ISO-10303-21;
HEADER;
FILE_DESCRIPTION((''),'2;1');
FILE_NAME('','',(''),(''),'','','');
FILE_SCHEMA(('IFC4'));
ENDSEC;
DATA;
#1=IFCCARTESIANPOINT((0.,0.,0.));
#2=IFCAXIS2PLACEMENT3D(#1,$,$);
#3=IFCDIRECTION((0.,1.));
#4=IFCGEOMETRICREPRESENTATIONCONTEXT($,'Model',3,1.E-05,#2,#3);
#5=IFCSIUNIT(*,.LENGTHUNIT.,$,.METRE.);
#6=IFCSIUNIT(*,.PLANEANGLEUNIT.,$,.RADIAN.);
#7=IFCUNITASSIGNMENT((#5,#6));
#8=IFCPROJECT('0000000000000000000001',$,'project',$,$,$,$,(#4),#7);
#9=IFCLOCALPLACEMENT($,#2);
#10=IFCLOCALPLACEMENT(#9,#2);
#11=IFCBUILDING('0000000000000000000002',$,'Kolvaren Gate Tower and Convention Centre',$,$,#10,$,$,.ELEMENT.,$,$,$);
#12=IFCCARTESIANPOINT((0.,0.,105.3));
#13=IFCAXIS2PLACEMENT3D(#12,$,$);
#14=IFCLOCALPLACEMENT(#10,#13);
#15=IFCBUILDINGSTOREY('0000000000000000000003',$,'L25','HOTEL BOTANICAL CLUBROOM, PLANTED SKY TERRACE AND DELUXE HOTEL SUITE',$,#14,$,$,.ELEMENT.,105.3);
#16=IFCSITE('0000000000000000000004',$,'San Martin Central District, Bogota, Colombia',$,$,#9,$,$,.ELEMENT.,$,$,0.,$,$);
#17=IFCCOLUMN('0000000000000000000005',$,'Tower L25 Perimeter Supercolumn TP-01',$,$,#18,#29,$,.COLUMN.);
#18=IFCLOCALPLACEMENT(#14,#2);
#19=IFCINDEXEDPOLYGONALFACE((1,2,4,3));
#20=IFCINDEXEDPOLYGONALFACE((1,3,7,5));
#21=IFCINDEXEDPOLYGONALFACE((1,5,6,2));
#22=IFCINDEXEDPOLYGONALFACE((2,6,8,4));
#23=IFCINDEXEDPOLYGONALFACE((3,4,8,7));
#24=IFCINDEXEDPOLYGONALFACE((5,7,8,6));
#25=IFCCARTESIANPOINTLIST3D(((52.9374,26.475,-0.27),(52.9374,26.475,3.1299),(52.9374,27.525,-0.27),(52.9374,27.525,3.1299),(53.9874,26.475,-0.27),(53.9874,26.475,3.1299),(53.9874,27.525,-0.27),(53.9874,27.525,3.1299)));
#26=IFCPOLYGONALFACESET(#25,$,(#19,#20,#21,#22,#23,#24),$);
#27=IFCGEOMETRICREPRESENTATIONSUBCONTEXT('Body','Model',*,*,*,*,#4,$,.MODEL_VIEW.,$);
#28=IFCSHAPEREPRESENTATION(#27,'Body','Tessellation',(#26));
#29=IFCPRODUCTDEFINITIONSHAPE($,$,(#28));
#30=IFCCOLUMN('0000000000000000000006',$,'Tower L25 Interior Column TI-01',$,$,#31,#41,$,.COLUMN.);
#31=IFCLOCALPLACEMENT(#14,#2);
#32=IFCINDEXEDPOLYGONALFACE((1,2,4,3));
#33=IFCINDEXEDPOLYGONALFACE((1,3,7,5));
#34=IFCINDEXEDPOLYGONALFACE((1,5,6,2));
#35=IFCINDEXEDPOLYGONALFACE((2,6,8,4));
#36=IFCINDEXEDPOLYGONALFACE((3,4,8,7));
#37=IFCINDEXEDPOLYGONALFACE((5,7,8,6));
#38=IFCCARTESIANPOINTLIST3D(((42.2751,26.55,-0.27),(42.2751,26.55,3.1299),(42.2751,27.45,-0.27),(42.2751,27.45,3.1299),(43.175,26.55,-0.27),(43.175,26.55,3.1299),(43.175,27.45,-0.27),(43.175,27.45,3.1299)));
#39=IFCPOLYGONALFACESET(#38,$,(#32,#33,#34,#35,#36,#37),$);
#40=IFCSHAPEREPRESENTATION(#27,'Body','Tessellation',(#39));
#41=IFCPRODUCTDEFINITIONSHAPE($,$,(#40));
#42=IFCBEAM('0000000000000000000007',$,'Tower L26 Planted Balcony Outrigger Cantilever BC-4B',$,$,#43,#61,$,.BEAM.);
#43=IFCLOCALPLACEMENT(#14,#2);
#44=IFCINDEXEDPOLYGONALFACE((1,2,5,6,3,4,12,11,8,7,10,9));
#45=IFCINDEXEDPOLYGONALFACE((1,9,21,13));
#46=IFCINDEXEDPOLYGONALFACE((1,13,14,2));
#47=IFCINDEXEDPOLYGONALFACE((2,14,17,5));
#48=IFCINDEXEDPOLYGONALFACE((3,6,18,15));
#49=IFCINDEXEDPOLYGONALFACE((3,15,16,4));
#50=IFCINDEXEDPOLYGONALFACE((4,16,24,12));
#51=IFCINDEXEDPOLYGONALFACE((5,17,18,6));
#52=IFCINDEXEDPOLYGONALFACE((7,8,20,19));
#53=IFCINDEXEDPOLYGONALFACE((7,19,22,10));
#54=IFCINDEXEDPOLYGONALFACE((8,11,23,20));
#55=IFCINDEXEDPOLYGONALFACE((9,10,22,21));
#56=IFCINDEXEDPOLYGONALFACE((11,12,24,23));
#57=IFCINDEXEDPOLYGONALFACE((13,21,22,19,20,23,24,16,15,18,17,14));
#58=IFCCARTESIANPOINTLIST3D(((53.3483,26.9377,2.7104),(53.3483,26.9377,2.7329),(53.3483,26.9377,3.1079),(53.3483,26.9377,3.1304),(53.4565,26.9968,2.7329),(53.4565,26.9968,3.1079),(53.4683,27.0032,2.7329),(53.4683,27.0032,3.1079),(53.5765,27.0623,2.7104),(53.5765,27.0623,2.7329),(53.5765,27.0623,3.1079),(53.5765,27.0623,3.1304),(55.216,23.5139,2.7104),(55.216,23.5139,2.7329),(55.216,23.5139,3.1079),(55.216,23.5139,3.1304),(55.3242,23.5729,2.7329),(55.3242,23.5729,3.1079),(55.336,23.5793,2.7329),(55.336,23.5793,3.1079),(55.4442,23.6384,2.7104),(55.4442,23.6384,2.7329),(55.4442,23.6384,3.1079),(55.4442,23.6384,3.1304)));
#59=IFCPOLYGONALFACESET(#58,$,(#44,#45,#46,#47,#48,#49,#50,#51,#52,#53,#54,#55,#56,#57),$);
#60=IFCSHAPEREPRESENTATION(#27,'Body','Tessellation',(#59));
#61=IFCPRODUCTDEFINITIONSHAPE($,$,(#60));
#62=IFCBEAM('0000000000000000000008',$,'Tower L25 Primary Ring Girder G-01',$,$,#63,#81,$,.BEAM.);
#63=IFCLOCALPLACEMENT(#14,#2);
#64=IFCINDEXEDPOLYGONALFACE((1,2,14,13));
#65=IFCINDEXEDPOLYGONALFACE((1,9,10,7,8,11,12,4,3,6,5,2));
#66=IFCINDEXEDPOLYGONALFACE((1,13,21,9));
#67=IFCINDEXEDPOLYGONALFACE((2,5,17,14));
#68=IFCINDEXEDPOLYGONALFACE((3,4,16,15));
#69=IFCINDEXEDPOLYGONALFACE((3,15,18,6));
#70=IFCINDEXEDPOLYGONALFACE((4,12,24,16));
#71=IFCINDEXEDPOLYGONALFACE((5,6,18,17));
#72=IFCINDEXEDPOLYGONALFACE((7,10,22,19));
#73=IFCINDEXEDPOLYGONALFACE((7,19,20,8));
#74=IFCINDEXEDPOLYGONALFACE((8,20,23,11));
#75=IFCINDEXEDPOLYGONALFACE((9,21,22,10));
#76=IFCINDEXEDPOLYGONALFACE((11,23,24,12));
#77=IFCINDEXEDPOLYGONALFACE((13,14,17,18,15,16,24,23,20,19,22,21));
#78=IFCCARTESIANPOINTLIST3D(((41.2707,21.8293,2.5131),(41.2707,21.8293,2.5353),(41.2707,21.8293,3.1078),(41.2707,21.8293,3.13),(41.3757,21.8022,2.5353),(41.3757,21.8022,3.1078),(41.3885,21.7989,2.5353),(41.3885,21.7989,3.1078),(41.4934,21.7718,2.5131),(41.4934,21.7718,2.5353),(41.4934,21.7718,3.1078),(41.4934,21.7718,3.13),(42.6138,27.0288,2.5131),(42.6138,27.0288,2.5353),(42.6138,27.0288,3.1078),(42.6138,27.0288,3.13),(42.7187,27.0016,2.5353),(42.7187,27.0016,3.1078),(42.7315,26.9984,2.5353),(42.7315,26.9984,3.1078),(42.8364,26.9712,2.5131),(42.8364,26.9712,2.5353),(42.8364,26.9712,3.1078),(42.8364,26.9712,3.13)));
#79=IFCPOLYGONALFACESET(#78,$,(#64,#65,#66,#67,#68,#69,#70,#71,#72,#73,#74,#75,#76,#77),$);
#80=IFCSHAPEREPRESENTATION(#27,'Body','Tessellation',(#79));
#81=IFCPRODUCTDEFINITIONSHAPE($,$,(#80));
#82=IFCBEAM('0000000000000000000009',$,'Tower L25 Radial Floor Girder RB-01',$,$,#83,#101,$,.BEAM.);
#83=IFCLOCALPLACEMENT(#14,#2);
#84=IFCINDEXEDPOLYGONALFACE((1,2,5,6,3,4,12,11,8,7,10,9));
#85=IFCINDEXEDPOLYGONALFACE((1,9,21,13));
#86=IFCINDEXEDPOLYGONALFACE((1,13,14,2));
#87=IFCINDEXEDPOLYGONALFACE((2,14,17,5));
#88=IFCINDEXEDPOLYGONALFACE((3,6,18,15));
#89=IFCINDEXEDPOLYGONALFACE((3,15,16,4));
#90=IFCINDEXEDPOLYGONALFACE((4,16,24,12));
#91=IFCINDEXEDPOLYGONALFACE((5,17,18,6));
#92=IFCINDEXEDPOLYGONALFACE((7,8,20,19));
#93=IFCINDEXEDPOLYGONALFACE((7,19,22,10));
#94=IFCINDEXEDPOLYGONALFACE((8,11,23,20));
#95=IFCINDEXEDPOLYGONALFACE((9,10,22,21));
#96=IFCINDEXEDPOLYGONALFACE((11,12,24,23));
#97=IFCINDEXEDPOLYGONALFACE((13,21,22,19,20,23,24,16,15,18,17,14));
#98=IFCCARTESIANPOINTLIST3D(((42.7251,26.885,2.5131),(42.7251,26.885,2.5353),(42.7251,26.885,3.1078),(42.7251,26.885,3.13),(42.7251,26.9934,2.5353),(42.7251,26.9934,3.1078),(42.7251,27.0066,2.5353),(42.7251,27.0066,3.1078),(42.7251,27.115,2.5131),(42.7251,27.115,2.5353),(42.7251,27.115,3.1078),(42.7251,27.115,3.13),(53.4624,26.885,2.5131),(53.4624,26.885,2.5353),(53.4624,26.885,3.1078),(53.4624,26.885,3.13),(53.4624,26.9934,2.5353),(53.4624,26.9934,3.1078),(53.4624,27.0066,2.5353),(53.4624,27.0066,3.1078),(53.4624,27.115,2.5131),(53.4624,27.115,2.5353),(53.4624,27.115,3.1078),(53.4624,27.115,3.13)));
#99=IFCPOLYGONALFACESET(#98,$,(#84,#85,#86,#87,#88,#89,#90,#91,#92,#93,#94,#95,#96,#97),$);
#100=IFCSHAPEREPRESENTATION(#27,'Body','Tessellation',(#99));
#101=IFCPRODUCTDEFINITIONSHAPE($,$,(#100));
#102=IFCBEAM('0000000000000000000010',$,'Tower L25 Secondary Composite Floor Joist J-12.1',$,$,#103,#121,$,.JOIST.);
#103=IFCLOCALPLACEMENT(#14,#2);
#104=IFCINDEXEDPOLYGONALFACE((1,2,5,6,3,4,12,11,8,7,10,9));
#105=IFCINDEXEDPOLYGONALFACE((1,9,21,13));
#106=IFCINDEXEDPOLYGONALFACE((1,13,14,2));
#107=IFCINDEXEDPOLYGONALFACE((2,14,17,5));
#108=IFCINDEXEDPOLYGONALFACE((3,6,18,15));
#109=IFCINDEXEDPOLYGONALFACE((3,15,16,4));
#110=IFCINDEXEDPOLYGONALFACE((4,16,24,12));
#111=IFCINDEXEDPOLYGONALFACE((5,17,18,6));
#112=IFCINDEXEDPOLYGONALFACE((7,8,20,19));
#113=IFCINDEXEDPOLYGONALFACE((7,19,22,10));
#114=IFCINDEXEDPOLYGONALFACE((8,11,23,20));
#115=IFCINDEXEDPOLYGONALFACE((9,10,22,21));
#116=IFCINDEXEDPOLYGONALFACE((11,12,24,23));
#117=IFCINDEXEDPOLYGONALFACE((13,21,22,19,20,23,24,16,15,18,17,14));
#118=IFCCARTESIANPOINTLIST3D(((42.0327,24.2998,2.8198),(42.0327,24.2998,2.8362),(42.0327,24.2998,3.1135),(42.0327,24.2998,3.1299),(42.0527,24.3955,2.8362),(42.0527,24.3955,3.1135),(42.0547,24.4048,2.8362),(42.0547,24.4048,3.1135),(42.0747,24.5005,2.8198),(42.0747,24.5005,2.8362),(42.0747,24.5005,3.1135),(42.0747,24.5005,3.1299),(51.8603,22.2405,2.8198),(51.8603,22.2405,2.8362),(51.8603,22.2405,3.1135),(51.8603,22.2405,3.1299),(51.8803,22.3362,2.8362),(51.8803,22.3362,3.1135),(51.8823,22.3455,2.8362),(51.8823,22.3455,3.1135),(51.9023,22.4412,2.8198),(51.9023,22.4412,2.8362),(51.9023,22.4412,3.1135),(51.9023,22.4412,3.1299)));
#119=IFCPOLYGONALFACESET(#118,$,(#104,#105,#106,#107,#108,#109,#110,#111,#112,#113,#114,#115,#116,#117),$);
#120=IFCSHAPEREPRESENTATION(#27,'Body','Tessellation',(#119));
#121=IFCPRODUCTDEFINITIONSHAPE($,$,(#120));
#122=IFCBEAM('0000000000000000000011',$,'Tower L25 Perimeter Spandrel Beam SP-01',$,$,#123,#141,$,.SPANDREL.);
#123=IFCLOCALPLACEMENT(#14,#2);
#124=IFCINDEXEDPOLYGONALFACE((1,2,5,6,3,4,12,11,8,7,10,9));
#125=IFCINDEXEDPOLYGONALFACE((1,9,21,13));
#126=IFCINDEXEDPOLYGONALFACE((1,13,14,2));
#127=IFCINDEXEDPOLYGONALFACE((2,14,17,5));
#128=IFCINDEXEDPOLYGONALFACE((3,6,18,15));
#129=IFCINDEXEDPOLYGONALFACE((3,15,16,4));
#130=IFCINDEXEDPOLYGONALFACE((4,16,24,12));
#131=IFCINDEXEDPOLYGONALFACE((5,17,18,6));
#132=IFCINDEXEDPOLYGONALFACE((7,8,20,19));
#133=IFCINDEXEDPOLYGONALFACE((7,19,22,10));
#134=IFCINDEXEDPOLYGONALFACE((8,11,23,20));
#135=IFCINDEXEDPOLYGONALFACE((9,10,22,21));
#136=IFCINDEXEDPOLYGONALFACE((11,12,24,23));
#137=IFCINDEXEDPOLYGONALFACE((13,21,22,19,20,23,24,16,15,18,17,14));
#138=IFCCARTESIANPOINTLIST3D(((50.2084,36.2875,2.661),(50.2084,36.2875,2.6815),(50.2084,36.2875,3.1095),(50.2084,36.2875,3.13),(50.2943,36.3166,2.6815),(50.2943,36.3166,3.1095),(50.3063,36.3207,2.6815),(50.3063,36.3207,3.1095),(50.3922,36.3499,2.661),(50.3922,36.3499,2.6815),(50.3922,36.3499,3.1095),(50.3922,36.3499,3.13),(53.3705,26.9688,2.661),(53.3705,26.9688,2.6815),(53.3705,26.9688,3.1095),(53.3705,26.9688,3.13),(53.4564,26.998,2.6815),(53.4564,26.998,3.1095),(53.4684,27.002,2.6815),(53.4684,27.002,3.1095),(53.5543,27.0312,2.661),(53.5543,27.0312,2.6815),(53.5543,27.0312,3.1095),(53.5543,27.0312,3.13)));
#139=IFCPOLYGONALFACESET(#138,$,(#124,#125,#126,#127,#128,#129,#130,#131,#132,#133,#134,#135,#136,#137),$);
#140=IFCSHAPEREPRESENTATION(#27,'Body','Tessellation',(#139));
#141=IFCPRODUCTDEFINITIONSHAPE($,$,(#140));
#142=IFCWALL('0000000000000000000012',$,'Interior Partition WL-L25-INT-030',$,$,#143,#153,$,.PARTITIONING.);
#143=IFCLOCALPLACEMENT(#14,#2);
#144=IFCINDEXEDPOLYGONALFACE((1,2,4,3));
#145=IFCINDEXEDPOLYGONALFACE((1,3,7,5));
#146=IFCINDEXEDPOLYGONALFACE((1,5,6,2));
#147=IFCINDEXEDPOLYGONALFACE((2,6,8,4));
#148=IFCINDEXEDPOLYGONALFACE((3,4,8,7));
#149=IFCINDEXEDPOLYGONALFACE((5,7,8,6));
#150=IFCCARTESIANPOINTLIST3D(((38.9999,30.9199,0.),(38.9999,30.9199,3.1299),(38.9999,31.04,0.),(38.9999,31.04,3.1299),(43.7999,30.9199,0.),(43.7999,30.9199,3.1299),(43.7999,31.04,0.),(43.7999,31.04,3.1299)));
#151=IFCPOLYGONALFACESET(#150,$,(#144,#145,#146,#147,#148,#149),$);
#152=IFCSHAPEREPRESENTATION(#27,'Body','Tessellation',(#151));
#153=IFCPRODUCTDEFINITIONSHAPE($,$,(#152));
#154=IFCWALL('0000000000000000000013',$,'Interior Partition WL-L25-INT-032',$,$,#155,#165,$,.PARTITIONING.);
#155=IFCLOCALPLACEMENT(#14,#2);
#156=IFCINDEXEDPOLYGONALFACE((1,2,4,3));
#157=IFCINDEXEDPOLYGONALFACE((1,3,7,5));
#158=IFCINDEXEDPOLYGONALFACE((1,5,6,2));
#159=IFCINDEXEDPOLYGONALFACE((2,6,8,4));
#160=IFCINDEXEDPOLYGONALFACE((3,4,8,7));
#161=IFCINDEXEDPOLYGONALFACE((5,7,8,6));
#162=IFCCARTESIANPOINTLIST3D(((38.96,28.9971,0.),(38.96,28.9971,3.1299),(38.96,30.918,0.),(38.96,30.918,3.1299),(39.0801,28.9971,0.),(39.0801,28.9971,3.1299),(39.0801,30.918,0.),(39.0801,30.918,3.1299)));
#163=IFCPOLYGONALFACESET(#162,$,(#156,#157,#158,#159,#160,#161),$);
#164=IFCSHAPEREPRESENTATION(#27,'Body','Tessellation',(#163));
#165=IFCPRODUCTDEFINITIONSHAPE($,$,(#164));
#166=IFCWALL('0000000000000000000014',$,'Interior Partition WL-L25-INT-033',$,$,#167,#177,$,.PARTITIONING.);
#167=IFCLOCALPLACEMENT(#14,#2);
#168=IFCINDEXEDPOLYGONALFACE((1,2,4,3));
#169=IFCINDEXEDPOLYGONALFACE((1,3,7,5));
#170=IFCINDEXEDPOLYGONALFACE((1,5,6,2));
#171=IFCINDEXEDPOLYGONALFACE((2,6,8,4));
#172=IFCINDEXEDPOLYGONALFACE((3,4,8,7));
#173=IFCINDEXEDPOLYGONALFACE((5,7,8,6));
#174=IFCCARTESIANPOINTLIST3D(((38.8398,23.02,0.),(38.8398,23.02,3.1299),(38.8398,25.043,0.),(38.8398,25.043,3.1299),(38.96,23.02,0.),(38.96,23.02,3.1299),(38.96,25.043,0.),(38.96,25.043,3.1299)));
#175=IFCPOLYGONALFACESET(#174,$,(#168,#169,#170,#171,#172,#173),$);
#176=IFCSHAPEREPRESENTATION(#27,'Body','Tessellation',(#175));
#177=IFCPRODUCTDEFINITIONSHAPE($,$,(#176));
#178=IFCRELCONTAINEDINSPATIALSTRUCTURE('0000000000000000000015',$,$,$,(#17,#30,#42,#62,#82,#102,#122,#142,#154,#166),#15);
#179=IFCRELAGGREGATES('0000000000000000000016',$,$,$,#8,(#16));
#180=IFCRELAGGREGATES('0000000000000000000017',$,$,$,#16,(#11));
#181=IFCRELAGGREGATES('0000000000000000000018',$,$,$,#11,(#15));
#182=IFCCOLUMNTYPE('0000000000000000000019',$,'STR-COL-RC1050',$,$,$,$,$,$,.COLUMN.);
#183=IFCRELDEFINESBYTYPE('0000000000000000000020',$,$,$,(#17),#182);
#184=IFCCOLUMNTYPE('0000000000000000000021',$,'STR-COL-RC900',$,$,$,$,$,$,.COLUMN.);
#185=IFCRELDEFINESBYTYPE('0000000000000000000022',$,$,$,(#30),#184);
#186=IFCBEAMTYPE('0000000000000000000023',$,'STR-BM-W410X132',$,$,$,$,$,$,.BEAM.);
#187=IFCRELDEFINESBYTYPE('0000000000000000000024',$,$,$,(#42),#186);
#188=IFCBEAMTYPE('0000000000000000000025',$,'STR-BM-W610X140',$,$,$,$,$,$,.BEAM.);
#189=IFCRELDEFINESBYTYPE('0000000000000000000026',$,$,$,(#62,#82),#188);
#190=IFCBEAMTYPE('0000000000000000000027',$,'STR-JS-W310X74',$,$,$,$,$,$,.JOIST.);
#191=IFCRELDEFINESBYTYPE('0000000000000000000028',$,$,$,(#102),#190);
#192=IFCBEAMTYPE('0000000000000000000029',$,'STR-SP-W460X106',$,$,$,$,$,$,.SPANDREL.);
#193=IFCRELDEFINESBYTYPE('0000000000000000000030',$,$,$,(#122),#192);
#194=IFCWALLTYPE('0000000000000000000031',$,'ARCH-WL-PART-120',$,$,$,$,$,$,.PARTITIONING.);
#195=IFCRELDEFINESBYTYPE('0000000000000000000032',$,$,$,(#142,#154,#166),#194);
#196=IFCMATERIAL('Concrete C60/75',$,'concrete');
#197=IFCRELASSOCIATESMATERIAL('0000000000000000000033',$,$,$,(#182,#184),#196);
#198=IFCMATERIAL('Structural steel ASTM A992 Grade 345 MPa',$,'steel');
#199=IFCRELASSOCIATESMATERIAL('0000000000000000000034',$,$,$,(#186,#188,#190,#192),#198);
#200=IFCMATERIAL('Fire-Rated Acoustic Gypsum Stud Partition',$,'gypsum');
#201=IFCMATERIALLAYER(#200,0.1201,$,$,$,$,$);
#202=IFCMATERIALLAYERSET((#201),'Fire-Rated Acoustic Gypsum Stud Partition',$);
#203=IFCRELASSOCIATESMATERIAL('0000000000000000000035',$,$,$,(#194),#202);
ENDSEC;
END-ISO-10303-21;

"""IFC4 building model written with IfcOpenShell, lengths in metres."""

from ifc_helpers import new_model, si_unit, direction, frame, frame_2d, origin, origin_2d, place, context, subcontext, project, spatial, rectangle, i_section, extrude, material, layer, layer_set, material_profile, profile_set, type_object, element, save


model = new_model("IFC4")

# Units and contexts
model_context = context("Model", 3, precision=1e-05, world=origin(), true_north=direction((0.0, 1.0)))
body_context = subcontext(model_context, "Body", "Model", "MODEL_VIEW")
ifc_project = project(units=[si_unit("LENGTHUNIT", "METRE"), si_unit("PLANEANGLEUNIT", "RADIAN")], contexts=[model_context])

# Site, building, storey
site_placement = place(None, origin())
site = spatial("IfcSite", under=ifc_project, at=site_placement, Name="San Martin Central District, Bogota, Colombia", CompositionType="ELEMENT", RefElevation=0.0)
building_placement = place(site_placement, origin())
building = spatial("IfcBuilding", under=site, at=building_placement, Name="Kolvaren Gate Tower and Convention Centre", CompositionType="ELEMENT")
storey_placement = place(building_placement, frame((0.0, 0.0, 105.3)))
storey = spatial("IfcBuildingStorey", under=building, at=storey_placement, Name="L25", Description="HOTEL BOTANICAL CLUBROOM, PLANTED SKY TERRACE AND DELUXE HOTEL SUITE", CompositionType="ELEMENT", Elevation=105.3)

# Columns
ifc_material_1 = material(Name="Concrete C60/75", Category="concrete")
ifc_material_profile_1 = material_profile(ifc_material_1, rectangle(XDim=1.05, YDim=1.05, at=origin_2d()), Name="RC-COL-1050X1050")
ifc_profile_set_1 = profile_set([ifc_material_profile_1], Name="Concrete C60/75")
column_type_1 = type_object("IfcColumnType", Name="STR-COL-RC1050", PredefinedType="COLUMN", material=ifc_profile_set_1)
column_1_placement = place(storey_placement, frame((53.4624, 27.0, -0.27), z_axis=(0.0, 0.0, 1.0), x_axis=(1.0, 0.0, 0.0)))
element("IfcColumn", 1, at=column_1_placement, inside=storey, type_object=column_type_1, Name="Tower L25 Perimeter Supercolumn TP-01", PredefinedType="COLUMN", context=body_context, shape_type="SweptSolid", body=[
    extrude(rectangle(XDim=1.05, YDim=1.05, at=origin_2d()), origin(), (0.0, 0.0, 1.0), 3.3999),
])
ifc_material_profile_2 = material_profile(ifc_material_1, rectangle(XDim=0.8999, YDim=0.8999, at=origin_2d()), Name="RC-COL-900X900")
ifc_profile_set_2 = profile_set([ifc_material_profile_2], Name="Concrete C60/75")
column_type_2 = type_object("IfcColumnType", Name="STR-COL-RC900", PredefinedType="COLUMN", material=ifc_profile_set_2)
column_2_placement = place(storey_placement, frame((42.7251, 27.0, -0.27), z_axis=(0.0, 0.0, 1.0), x_axis=(1.0, 0.0, 0.0)))
element("IfcColumn", 2, at=column_2_placement, inside=storey, type_object=column_type_2, Name="Tower L25 Interior Column TI-01", PredefinedType="COLUMN", context=body_context, shape_type="SweptSolid", body=[
    extrude(rectangle(XDim=0.8999, YDim=0.8999, at=origin_2d()), origin(), (0.0, 0.0, 1.0), 3.3999),
])

# Beams
ifc_material_2 = material(Name="Structural steel ASTM A992 Grade 345 MPa", Category="steel")
ifc_material_profile_3 = material_profile(ifc_material_2, i_section(OverallWidth=0.26, OverallDepth=0.4199, WebThickness=0.0134, FlangeThickness=0.0225, at=origin_2d()), Name="W410X132")
ifc_profile_set_3 = profile_set([ifc_material_profile_3], Name="Structural steel ASTM A992 Grade 345 MPa")
beam_type_1 = type_object("IfcBeamType", Name="STR-BM-W410X132", PredefinedType="BEAM", material=ifc_profile_set_3)
beam_1_placement = place(storey_placement, frame((53.4624, 27.0, 2.9204), z_axis=(0.478878, -0.877881, 0.0), x_axis=(0.877881, 0.478878, 0.0)))
element("IfcBeam", 3, at=beam_1_placement, inside=storey, type_object=beam_type_1, Name="Tower L26 Planted Balcony Outrigger Cantilever BC-4B", PredefinedType="BEAM", context=body_context, shape_type="SweptSolid", body=[
    extrude(i_section(OverallWidth=0.26, OverallDepth=0.4199, WebThickness=0.0134, FlangeThickness=0.0225, at=origin_2d()), origin(), (0.0, 0.0, 1.0), 3.9001),
])
ifc_material_profile_4 = material_profile(ifc_material_2, i_section(OverallWidth=0.23, OverallDepth=0.6169, WebThickness=0.0132, FlangeThickness=0.0222, at=origin_2d()), Name="W610X140")
ifc_profile_set_4 = profile_set([ifc_material_profile_4], Name="Structural steel ASTM A992 Grade 345 MPa")
beam_type_2 = type_object("IfcBeamType", Name="STR-BM-W610X140", PredefinedType="BEAM", material=ifc_profile_set_4)
beam_2_placement = place(storey_placement, frame((42.7251, 27.0, 2.8215), z_axis=(-0.250091, -0.968222, 0.0), x_axis=(0.968222, -0.250091, 0.0)))
element("IfcBeam", 4, at=beam_2_placement, inside=storey, type_object=beam_type_2, Name="Tower L25 Primary Ring Girder G-01", PredefinedType="BEAM", context=body_context, shape_type="SweptSolid", body=[
    extrude(i_section(OverallWidth=0.23, OverallDepth=0.6169, WebThickness=0.0132, FlangeThickness=0.0222, at=origin_2d()), origin(), (0.0, 0.0, 1.0), 5.3701),
])
beam_3_placement = place(storey_placement, frame((42.7251, 27.0, 2.8215), z_axis=(1.0, 0.0, 0.0), x_axis=(0.0, 1.0, 0.0)))
element("IfcBeam", 5, at=beam_3_placement, inside=storey, type_object=beam_type_2, Name="Tower L25 Radial Floor Girder RB-01", PredefinedType="BEAM", context=body_context, shape_type="SweptSolid", body=[
    extrude(i_section(OverallWidth=0.23, OverallDepth=0.6169, WebThickness=0.0132, FlangeThickness=0.0222, at=origin_2d()), origin(), (0.0, 0.0, 1.0), 10.7373),
])
ifc_material_profile_5 = material_profile(ifc_material_2, i_section(OverallWidth=0.2051, OverallDepth=0.3101, WebThickness=0.0095, FlangeThickness=0.0164, at=origin_2d()), Name="W310X74")
ifc_profile_set_5 = profile_set([ifc_material_profile_5], Name="Structural steel ASTM A992 Grade 345 MPa")
beam_type_3 = type_object("IfcBeamType", Name="STR-JS-W310X74", PredefinedType="JOIST", material=ifc_profile_set_5)
beam_4_placement = place(storey_placement, frame((42.0537, 24.4001, 2.9749), z_axis=(0.978743, -0.20509, 0.0), x_axis=(0.20509, 0.978743, 0.0)))
element("IfcBeam", 6, at=beam_4_placement, inside=storey, type_object=beam_type_3, Name="Tower L25 Secondary Composite Floor Joist J-12.1", PredefinedType="JOIST", context=body_context, shape_type="SweptSolid", body=[
    extrude(i_section(OverallWidth=0.2051, OverallDepth=0.3101, WebThickness=0.0095, FlangeThickness=0.0164, at=origin_2d()), origin(), (0.0, 0.0, 1.0), 10.041),
])
ifc_material_profile_6 = material_profile(ifc_material_2, i_section(OverallWidth=0.1941, OverallDepth=0.469, WebThickness=0.0127, FlangeThickness=0.0205, at=origin_2d()), Name="W460X106")
ifc_profile_set_6 = profile_set([ifc_material_profile_6], Name="Structural steel ASTM A992 Grade 345 MPa")
beam_type_4 = type_object("IfcBeamType", Name="STR-SP-W460X106", PredefinedType="SPANDREL", material=ifc_profile_set_6)
beam_5_placement = place(storey_placement, frame((53.4624, 27.0, 2.8955), z_axis=(-0.321336, 0.946965, 0.0), x_axis=(-0.946965, -0.321336, 0.0)))
element("IfcBeam", 7, at=beam_5_placement, inside=storey, type_object=beam_type_4, Name="Tower L25 Perimeter Spandrel Beam SP-01", PredefinedType="SPANDREL", context=body_context, shape_type="SweptSolid", body=[
    extrude(i_section(OverallWidth=0.1941, OverallDepth=0.469, WebThickness=0.0127, FlangeThickness=0.0205, at=origin_2d()), origin(), (0.0, 0.0, 1.0), 9.8406),
])

# Walls
ifc_material_3 = material(Name="Fire-Rated Acoustic Gypsum Stud Partition", Category="gypsum")
ifc_layer_1 = layer(ifc_material_3, 0.1201)
ifc_layer_set_1 = layer_set([ifc_layer_1], Name="Fire-Rated Acoustic Gypsum Stud Partition")
wall_type_1 = type_object("IfcWallType", Name="ARCH-WL-PART-120", PredefinedType="PARTITIONING", material=ifc_layer_set_1)
wall_1_placement = place(storey_placement, frame((39.0, 30.98, 0.0), z_axis=(0.0, 0.0, 1.0), x_axis=(1.0, 0.0, 0.0)))
element("IfcWall", 8, at=wall_1_placement, inside=storey, type_object=wall_type_1, Name="Interior Partition WL-L25-INT-030", PredefinedType="PARTITIONING", context=body_context, shape_type="SweptSolid", body=[
    extrude(rectangle(XDim=4.8, YDim=0.1201, at=frame_2d((2.3999, 0.0))), origin(), (0.0, 0.0, 1.0), 3.1299),
])
wall_2_placement = place(storey_placement, frame((39.02, 28.9971, 0.0), z_axis=(0.0, 0.0, 1.0), x_axis=(0.0, 1.0, 0.0)))
element("IfcWall", 9, at=wall_2_placement, inside=storey, type_object=wall_type_1, Name="Interior Partition WL-L25-INT-032", PredefinedType="PARTITIONING", context=body_context, shape_type="SweptSolid", body=[
    extrude(rectangle(XDim=1.9209, YDim=0.1201, at=frame_2d((0.9604, 0.0))), origin(), (0.0, 0.0, 1.0), 3.1299),
])
wall_3_placement = place(storey_placement, frame((38.8999, 23.02, 0.0), z_axis=(0.0, 0.0, 1.0), x_axis=(0.0, 1.0, 0.0)))
element("IfcWall", 10, at=wall_3_placement, inside=storey, type_object=wall_type_1, Name="Interior Partition WL-L25-INT-033", PredefinedType="PARTITIONING", context=body_context, shape_type="SweptSolid", body=[
    extrude(rectangle(XDim=2.0229, YDim=0.1201, at=frame_2d((1.0115, 0.0))), origin(), (0.0, 0.0, 1.0), 3.1299),
])

save(model, "model.ifc")
